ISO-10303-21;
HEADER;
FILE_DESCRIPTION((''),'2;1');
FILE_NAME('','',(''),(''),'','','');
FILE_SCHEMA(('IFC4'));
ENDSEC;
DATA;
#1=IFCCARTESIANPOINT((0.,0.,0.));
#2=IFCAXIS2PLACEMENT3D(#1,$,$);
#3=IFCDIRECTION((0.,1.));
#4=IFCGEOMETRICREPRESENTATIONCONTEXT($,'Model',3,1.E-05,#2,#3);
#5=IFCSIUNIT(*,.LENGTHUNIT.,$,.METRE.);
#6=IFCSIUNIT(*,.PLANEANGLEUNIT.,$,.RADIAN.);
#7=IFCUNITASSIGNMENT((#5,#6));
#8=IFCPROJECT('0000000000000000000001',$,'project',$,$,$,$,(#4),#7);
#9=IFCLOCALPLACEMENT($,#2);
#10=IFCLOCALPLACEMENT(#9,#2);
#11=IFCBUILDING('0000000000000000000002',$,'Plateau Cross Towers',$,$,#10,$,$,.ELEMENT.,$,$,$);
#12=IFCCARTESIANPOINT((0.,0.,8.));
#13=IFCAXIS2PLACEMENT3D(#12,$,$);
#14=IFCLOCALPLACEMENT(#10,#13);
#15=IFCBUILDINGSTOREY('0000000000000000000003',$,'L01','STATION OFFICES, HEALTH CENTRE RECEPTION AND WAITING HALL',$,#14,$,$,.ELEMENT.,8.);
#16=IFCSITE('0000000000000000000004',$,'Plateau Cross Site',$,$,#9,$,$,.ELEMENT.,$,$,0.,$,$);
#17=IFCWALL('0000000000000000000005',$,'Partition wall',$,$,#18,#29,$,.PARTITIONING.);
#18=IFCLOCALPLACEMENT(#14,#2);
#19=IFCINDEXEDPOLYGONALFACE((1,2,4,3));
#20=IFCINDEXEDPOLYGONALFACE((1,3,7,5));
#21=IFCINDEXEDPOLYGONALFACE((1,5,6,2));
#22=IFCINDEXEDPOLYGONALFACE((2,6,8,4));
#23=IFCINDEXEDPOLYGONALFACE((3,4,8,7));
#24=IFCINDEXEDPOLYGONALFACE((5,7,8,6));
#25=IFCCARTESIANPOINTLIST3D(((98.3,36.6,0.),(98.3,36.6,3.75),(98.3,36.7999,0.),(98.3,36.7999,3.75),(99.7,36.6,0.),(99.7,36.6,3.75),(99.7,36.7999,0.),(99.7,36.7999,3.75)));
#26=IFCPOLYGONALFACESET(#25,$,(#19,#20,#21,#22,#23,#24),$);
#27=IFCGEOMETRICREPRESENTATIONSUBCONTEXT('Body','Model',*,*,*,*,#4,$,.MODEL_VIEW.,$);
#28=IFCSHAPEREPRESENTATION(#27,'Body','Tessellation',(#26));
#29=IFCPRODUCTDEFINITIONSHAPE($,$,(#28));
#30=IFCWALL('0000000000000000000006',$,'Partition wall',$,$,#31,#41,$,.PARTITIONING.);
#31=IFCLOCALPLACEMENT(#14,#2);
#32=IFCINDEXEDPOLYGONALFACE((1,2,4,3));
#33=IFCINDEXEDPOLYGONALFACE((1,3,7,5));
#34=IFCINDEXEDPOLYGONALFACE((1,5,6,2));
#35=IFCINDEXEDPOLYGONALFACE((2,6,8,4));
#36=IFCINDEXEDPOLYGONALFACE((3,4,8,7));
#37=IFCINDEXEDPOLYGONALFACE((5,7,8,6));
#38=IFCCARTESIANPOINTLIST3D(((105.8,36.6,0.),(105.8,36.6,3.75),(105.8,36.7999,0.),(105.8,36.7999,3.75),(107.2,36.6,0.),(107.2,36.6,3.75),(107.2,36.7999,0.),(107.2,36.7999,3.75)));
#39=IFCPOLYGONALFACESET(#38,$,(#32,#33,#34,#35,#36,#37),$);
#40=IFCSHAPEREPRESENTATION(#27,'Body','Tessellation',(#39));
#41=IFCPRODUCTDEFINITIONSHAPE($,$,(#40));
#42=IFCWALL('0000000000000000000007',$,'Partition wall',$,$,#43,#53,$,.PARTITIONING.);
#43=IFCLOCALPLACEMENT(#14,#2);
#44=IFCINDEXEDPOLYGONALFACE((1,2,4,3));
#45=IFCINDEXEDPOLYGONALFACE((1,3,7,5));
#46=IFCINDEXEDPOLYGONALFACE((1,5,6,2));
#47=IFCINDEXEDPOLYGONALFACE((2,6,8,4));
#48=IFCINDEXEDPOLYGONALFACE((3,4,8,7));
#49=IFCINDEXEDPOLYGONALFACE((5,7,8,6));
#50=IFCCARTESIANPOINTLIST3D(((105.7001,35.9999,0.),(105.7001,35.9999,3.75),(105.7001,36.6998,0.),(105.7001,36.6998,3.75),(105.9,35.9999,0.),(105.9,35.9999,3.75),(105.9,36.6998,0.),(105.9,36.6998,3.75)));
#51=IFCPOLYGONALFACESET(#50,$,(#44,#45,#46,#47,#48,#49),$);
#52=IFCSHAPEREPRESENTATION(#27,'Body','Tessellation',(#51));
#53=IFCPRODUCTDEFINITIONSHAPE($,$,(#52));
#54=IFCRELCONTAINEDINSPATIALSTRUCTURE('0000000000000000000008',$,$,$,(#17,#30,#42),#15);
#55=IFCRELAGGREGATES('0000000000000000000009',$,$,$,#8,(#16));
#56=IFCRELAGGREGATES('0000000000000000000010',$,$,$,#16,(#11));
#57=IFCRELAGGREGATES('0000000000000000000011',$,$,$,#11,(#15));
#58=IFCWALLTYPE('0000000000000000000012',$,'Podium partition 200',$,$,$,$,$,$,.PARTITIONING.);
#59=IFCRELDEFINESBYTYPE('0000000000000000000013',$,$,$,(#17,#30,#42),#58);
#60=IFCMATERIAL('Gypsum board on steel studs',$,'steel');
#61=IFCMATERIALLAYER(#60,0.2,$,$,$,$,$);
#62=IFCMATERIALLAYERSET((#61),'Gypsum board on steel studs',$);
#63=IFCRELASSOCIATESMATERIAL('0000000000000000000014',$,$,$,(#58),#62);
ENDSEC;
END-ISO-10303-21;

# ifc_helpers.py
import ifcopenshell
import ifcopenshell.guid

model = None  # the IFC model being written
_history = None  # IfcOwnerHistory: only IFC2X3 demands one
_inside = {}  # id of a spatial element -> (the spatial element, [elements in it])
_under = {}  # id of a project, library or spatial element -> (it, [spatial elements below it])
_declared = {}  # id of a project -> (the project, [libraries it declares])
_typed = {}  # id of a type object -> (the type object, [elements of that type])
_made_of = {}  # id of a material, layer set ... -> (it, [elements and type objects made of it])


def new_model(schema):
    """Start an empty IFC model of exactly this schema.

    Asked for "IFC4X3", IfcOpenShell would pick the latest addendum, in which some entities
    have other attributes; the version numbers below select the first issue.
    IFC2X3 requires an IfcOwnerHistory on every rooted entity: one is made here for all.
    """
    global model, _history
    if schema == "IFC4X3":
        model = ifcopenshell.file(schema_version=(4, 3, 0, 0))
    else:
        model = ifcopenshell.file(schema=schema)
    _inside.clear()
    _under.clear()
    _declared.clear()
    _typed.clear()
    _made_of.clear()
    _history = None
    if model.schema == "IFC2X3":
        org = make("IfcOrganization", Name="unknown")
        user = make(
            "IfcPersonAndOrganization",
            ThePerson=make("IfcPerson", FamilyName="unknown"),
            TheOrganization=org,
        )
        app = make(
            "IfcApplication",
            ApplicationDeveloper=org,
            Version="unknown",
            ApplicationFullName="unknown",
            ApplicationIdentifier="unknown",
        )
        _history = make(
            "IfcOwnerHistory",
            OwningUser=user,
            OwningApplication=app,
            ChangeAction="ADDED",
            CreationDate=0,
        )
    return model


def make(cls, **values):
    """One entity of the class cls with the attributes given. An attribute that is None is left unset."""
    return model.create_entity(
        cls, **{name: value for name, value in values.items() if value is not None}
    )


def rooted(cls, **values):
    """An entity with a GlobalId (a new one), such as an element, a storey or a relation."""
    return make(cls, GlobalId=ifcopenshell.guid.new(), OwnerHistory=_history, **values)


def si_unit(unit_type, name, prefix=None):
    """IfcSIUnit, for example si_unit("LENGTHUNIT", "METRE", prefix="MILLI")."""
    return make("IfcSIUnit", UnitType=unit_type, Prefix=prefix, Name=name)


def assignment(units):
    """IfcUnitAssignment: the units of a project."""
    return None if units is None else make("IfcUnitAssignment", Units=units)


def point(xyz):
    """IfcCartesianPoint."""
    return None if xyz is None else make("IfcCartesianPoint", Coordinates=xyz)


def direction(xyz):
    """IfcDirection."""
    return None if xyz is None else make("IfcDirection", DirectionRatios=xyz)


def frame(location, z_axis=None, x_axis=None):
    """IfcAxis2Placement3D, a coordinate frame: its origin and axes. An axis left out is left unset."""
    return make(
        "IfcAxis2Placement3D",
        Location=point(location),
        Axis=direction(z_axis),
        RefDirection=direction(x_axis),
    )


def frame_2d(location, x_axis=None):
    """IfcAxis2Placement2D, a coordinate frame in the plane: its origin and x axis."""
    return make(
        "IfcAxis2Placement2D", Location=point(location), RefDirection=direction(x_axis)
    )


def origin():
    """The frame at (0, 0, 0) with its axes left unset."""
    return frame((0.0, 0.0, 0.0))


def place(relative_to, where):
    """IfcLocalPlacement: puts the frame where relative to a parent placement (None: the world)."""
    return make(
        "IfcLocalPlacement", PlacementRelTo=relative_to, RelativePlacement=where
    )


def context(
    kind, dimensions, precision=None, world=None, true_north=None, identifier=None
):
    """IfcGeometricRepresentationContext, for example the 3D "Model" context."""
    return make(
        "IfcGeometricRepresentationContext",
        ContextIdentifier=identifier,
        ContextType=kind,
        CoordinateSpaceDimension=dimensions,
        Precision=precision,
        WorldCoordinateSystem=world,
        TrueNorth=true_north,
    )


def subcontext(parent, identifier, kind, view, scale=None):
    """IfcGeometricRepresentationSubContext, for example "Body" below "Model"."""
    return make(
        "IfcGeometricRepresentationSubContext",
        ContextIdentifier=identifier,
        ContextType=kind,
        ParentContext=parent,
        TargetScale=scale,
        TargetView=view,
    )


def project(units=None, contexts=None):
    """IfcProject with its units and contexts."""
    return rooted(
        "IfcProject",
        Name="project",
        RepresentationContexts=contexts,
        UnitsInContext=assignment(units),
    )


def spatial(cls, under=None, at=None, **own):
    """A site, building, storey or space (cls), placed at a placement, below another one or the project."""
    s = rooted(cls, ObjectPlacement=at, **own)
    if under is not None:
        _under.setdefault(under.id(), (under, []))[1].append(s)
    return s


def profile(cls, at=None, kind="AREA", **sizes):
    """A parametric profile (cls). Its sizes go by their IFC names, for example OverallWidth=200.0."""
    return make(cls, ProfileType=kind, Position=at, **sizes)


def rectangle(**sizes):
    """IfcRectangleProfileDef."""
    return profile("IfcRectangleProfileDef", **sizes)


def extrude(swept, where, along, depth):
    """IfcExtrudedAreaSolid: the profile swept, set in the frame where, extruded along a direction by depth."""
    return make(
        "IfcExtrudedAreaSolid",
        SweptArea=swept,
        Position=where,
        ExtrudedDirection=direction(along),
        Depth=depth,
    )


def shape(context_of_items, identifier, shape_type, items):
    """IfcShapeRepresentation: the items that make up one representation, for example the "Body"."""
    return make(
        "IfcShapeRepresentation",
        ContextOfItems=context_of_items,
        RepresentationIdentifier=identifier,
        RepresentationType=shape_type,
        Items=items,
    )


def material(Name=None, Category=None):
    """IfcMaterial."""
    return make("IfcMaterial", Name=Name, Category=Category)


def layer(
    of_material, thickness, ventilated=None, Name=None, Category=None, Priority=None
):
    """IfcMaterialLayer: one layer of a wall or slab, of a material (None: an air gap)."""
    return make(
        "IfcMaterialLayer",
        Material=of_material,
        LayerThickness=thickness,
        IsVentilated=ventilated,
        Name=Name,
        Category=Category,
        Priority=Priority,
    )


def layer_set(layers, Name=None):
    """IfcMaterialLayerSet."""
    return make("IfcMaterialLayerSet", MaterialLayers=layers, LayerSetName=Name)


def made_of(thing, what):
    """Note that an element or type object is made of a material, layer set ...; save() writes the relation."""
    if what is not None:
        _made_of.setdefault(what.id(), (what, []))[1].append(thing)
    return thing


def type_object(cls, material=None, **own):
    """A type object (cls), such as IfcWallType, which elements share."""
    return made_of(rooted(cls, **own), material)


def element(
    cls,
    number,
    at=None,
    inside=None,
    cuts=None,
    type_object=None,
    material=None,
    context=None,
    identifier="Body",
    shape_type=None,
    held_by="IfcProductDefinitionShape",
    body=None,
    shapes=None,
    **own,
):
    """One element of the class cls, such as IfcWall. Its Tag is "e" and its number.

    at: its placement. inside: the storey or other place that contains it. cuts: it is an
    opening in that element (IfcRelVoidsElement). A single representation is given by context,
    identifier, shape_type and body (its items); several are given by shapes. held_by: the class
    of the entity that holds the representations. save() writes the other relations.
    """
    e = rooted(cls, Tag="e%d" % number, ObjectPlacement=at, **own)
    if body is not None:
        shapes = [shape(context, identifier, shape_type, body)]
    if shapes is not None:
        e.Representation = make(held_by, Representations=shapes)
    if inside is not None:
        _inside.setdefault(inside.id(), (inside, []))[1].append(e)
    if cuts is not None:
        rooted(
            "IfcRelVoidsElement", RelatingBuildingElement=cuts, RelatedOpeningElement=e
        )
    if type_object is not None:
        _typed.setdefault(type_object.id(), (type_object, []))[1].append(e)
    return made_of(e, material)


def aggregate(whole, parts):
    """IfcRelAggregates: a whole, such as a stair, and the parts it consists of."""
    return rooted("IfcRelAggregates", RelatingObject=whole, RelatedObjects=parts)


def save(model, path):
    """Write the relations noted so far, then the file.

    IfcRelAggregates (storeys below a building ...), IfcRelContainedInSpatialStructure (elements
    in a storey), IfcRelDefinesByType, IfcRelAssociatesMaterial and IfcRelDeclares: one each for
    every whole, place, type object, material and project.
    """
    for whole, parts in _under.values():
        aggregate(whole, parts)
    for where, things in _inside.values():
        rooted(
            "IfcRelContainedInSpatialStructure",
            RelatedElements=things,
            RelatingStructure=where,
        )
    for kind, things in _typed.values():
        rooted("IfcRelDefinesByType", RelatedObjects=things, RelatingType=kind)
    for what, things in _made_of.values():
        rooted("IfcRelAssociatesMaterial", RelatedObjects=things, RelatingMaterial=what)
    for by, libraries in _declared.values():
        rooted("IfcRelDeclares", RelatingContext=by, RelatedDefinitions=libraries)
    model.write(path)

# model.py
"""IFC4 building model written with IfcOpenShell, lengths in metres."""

from ifc_helpers import new_model, si_unit, direction, frame, frame_2d, origin, place, context, subcontext, project, spatial, rectangle, extrude, material, layer, layer_set, type_object, element, save


model = new_model("IFC4")

# Units and contexts
model_context = context("Model", 3, precision=1e-05, world=origin(), true_north=direction((0.0, 1.0)))
body_context = subcontext(model_context, "Body", "Model", "MODEL_VIEW")
ifc_project = project(units=[si_unit("LENGTHUNIT", "METRE"), si_unit("PLANEANGLEUNIT", "RADIAN")], contexts=[model_context])

# Site, building, storey
site_placement = place(None, origin())
site = spatial("IfcSite", under=ifc_project, at=site_placement, Name="Plateau Cross Site", CompositionType="ELEMENT", RefElevation=0.0)
building_placement = place(site_placement, origin())
building = spatial("IfcBuilding", under=site, at=building_placement, Name="Plateau Cross Towers", CompositionType="ELEMENT")
storey_placement = place(building_placement, frame((0.0, 0.0, 8.0)))
storey = spatial("IfcBuildingStorey", under=building, at=storey_placement, Name="L01", Description="STATION OFFICES, HEALTH CENTRE RECEPTION AND WAITING HALL", CompositionType="ELEMENT", Elevation=8.0)

# Walls
ifc_material_1 = material(Name="Gypsum board on steel studs", Category="steel")
ifc_layer_1 = layer(ifc_material_1, 0.2)
ifc_layer_set_1 = layer_set([ifc_layer_1], Name="Gypsum board on steel studs")
wall_type = type_object("IfcWallType", Name="Podium partition 200", PredefinedType="PARTITIONING", material=ifc_layer_set_1)
for number, where, z_axis, x_axis, name in (
    (1, (99.7, 36.7, 0.0), (0.0, 0.0, 1.0), (-1.0, 0.0, 0.0), "Partition wall"),
    (2, (107.2, 36.7, 0.0), (0.0, 0.0, 1.0), (-1.0, 0.0, 0.0), "Partition wall"),
):
    element("IfcWall", number, at=place(storey_placement, frame(where, z_axis=z_axis, x_axis=x_axis)), inside=storey, type_object=wall_type, Name=name, PredefinedType="PARTITIONING", context=body_context, shape_type="SweptSolid", body=[
        extrude(rectangle(XDim=1.3999, YDim=0.2, at=frame_2d((0.7, 0.0))), origin(), (0.0, 0.0, 1.0), 3.75),
    ])
wall_placement = place(storey_placement, frame((105.8, 36.7, 0.0), z_axis=(0.0, 0.0, 1.0), x_axis=(0.0, -1.0, 0.0)))
element("IfcWall", 3, at=wall_placement, inside=storey, type_object=wall_type, Name="Partition wall", PredefinedType="PARTITIONING", context=body_context, shape_type="SweptSolid", body=[
    extrude(rectangle(XDim=0.7, YDim=0.2, at=frame_2d((0.3501, 0.0))), origin(), (0.0, 0.0, 1.0), 3.75),
])

save(model, "model.ifc")
